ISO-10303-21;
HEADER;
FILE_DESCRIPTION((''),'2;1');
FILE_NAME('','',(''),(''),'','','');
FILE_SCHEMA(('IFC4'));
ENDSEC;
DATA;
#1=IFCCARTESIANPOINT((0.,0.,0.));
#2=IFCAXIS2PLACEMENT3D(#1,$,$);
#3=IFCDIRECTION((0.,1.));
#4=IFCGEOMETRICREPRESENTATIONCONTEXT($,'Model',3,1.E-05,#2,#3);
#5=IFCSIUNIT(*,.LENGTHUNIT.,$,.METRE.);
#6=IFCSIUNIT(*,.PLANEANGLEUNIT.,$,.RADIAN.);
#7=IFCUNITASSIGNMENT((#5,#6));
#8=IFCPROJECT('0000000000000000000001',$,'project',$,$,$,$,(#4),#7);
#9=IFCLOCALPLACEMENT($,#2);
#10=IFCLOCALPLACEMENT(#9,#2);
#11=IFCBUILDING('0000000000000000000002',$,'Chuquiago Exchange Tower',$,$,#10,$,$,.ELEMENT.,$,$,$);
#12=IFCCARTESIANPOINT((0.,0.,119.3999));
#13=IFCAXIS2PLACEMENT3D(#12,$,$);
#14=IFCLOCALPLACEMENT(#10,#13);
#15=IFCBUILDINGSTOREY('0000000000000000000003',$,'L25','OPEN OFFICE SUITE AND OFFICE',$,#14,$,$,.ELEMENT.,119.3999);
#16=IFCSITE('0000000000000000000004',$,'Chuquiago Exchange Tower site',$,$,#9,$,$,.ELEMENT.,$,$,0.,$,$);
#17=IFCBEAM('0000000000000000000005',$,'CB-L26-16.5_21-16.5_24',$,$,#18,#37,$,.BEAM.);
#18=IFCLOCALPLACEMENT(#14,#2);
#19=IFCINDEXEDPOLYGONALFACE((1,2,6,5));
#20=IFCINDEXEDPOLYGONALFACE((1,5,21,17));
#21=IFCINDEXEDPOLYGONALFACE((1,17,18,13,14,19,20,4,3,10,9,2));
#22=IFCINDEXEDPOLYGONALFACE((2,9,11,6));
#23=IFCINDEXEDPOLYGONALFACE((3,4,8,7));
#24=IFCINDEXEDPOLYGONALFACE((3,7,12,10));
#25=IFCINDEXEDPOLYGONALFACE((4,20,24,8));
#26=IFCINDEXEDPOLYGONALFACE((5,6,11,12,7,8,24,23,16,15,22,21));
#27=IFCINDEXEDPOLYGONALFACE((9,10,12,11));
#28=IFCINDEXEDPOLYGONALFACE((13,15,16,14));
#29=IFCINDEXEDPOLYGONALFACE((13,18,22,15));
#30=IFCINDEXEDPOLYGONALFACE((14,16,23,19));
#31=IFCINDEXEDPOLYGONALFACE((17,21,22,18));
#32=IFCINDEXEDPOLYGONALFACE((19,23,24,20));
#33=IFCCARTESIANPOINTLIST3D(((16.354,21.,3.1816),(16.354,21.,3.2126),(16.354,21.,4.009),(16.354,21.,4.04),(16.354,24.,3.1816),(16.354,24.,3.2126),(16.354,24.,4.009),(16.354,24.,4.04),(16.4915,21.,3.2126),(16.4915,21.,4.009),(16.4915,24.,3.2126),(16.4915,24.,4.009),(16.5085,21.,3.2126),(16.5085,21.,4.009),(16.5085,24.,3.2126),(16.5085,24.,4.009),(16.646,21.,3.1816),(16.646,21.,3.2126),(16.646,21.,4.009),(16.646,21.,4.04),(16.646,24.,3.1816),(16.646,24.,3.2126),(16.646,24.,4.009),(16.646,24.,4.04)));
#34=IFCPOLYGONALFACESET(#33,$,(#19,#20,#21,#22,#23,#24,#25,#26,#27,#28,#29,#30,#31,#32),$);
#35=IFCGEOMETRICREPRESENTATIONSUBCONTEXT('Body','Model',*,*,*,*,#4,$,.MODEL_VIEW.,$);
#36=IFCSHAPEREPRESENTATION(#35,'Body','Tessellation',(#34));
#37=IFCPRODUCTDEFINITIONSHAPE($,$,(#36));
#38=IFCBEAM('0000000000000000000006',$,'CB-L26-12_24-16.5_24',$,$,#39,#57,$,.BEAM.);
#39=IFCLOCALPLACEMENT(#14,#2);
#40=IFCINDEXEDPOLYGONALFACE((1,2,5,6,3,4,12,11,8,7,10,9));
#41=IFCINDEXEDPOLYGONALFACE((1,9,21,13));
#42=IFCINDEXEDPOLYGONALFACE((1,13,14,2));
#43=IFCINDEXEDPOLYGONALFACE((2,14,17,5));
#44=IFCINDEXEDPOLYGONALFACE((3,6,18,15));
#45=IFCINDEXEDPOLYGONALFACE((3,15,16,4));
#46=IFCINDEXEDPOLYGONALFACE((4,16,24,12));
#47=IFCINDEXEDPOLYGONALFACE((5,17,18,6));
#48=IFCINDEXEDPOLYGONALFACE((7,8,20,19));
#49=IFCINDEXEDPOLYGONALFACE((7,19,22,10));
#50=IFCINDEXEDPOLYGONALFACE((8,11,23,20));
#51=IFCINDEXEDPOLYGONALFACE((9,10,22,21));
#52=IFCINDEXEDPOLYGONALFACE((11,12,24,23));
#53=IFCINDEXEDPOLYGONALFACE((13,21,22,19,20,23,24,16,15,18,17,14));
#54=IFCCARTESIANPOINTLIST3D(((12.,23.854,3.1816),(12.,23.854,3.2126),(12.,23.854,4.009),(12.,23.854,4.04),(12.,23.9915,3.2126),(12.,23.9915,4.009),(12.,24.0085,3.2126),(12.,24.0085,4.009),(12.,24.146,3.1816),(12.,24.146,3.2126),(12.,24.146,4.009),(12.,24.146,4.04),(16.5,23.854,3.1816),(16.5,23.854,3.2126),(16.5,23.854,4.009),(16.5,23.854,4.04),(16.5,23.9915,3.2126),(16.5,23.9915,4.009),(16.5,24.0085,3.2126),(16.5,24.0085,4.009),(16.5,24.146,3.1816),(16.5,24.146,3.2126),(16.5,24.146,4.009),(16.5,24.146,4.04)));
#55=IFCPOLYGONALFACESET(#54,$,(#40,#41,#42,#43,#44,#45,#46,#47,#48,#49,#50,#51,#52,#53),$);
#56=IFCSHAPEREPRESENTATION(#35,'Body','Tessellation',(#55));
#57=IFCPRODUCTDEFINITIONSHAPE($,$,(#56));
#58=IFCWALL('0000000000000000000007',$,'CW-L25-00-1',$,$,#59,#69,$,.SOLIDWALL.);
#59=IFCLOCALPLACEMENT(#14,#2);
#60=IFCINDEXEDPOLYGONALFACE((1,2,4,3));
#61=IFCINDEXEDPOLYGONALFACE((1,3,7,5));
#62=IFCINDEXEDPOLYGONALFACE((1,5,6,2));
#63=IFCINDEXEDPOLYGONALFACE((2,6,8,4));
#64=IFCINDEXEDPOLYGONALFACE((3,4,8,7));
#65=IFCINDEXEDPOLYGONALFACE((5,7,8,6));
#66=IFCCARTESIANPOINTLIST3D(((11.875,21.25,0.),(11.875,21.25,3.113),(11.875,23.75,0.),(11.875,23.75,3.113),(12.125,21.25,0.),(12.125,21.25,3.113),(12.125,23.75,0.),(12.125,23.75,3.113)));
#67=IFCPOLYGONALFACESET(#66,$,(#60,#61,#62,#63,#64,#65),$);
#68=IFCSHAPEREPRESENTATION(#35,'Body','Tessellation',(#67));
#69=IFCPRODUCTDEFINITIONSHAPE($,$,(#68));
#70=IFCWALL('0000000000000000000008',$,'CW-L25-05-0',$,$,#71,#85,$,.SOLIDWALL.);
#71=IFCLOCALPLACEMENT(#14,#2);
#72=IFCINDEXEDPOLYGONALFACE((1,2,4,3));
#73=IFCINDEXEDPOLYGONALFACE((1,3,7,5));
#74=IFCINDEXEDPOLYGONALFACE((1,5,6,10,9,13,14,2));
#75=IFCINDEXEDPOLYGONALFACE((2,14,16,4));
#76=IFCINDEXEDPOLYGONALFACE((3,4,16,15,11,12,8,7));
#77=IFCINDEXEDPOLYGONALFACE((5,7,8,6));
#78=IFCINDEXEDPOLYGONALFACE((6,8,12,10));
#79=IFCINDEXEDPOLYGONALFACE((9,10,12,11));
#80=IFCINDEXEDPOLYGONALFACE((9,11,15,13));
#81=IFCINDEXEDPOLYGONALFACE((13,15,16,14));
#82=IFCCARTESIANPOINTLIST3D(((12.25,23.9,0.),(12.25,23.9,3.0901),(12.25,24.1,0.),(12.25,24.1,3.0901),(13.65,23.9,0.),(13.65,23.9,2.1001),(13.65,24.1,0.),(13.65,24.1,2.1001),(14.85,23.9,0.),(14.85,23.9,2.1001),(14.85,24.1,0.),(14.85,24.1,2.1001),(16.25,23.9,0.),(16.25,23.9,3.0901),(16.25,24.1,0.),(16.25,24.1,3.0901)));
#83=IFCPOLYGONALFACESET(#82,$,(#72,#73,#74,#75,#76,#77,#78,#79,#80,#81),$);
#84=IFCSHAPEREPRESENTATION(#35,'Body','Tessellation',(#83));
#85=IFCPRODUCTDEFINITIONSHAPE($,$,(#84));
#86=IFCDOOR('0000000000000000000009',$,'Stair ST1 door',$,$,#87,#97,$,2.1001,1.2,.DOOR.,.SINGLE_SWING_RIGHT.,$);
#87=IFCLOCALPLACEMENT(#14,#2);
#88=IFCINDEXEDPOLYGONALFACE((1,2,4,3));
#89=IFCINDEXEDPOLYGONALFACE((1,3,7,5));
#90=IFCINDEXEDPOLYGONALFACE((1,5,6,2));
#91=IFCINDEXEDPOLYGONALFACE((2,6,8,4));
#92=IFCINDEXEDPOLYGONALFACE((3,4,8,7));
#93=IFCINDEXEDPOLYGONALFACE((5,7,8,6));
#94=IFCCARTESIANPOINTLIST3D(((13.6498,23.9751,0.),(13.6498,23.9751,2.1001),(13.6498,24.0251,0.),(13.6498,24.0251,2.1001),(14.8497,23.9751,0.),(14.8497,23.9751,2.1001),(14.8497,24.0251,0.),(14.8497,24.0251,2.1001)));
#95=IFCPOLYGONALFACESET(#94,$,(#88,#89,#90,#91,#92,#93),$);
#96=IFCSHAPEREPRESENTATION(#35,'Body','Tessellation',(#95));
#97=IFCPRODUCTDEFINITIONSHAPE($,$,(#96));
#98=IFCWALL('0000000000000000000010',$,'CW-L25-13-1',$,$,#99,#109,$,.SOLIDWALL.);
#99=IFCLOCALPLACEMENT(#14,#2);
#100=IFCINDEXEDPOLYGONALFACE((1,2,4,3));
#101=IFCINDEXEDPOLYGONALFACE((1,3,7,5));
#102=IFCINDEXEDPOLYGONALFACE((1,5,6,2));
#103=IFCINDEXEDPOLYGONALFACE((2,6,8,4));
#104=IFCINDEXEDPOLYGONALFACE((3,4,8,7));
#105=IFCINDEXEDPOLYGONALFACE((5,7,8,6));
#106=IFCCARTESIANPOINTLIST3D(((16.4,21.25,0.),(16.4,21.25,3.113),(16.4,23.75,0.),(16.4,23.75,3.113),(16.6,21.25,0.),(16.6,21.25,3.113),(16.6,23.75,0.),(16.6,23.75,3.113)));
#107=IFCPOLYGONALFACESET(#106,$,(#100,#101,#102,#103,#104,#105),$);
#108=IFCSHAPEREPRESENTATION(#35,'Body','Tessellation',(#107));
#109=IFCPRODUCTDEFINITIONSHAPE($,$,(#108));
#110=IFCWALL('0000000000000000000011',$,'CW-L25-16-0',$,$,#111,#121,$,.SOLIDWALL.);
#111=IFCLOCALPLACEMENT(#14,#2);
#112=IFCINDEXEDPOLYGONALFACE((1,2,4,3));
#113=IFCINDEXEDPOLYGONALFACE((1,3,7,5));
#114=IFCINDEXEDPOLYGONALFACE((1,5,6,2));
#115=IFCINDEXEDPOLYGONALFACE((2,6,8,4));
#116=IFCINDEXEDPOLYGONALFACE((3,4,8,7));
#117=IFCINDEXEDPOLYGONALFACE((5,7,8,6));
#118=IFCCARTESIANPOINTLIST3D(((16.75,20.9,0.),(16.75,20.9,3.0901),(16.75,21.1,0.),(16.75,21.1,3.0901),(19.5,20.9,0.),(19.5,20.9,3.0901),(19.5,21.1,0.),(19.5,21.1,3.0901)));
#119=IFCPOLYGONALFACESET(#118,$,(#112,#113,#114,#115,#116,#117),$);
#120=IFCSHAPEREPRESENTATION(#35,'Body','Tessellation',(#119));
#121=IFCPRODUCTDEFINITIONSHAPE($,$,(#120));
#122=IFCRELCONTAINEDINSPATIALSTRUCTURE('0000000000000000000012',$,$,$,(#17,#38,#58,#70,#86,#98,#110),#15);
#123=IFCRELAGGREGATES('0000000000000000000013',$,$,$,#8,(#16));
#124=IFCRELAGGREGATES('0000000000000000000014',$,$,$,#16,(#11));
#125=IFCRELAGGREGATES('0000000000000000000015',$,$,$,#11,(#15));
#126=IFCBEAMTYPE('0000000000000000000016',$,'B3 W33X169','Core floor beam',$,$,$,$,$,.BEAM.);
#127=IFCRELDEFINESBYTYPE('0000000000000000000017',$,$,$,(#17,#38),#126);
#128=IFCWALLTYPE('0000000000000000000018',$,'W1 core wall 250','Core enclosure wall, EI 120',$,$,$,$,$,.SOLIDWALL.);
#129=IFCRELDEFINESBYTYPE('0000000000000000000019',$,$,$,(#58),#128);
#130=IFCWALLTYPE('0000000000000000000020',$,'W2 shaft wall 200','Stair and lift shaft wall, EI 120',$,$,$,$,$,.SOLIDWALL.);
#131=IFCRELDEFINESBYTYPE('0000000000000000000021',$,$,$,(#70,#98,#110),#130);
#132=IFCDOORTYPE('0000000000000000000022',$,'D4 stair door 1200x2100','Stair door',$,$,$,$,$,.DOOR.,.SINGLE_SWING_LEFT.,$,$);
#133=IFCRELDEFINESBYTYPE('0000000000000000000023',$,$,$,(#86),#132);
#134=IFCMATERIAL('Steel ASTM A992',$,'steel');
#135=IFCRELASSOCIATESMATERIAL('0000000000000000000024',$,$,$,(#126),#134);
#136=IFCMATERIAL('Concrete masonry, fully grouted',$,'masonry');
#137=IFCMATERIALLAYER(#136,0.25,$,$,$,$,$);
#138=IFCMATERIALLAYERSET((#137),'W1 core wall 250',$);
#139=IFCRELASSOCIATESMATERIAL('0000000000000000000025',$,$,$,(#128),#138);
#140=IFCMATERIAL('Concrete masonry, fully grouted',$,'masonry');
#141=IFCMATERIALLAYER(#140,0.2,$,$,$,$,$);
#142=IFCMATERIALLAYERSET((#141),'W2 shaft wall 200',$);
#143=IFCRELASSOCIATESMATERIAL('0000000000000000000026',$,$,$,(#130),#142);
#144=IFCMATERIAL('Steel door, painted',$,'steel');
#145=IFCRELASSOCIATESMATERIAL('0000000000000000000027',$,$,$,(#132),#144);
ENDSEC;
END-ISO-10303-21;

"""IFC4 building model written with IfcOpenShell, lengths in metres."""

from ifc_helpers import new_model, si_unit, direction, frame, frame_2d, origin, origin_2d, place, context, subcontext, project, spatial, rectangle, i_section, extrude, material, layer, layer_set, material_profile, profile_set, type_object, element, fill, save


model = new_model("IFC4")

# Units and contexts
model_context = context("Model", 3, precision=1e-05, world=origin(), true_north=direction((0.0, 1.0)))
body_context = subcontext(model_context, "Body", "Model", "MODEL_VIEW")
ifc_project = project(units=[si_unit("LENGTHUNIT", "METRE"), si_unit("PLANEANGLEUNIT", "RADIAN")], contexts=[model_context])

# Site, building, storey
site_placement = place(None, origin())
site = spatial("IfcSite", under=ifc_project, at=site_placement, Name="Chuquiago Exchange Tower site", CompositionType="ELEMENT", RefElevation=0.0)
building_placement = place(site_placement, origin())
building = spatial("IfcBuilding", under=site, at=building_placement, Name="Chuquiago Exchange Tower", CompositionType="ELEMENT")
storey_placement = place(building_placement, frame((0.0, 0.0, 119.3999)))
storey = spatial("IfcBuildingStorey", under=building, at=storey_placement, Name="L25", Description="OPEN OFFICE SUITE AND OFFICE", CompositionType="ELEMENT", Elevation=119.3999)

# Beams
ifc_material_1 = material(Name="Steel ASTM A992", Category="steel")
ifc_material_profile_1 = material_profile(ifc_material_1, i_section(OverallWidth=0.292, OverallDepth=0.8584, WebThickness=0.0171, FlangeThickness=0.031, at=origin_2d()), Name="W33X169")
ifc_profile_set_1 = profile_set([ifc_material_profile_1], Name="Steel ASTM A992")
beam_type_1 = type_object("IfcBeamType", Name="B3 W33X169", Description="Core floor beam", PredefinedType="BEAM", material=ifc_profile_set_1)
for number, where, z_axis, x_axis, name in (
    (1, (16.5, 21.0, 3.6108), (0.0, 1.0, 0.0), (-1.0, 0.0, 0.0), "CB-L26-16.5_21-16.5_24"),
):
    element("IfcBeam", number, at=place(storey_placement, frame(where, z_axis=z_axis, x_axis=x_axis)), inside=storey, type_object=beam_type_1, Name=name, PredefinedType="BEAM", context=body_context, shape_type="SweptSolid", body=[
        extrude(i_section(OverallWidth=0.292, OverallDepth=0.8584, WebThickness=0.0171, FlangeThickness=0.031, at=origin_2d()), origin(), (0.0, 0.0, 1.0), 3.0),
    ])
beam_1_placement = place(storey_placement, frame((12.0, 24.0, 3.6108), z_axis=(1.0, 0.0, 0.0), x_axis=(0.0, 1.0, 0.0)))
element("IfcBeam", 2, at=beam_1_placement, inside=storey, type_object=beam_type_1, Name="CB-L26-12_24-16.5_24", PredefinedType="BEAM", context=body_context, shape_type="SweptSolid", body=[
    extrude(i_section(OverallWidth=0.292, OverallDepth=0.8584, WebThickness=0.0171, FlangeThickness=0.031, at=origin_2d()), origin(), (0.0, 0.0, 1.0), 4.5),
])

# Wall
ifc_material_2 = material(Name="Concrete masonry, fully grouted", Category="masonry")
ifc_layer_1 = layer(ifc_material_2, 0.25)
ifc_layer_set_1 = layer_set([ifc_layer_1], Name="W1 core wall 250")
wall_type_1 = type_object("IfcWallType", Name="W1 core wall 250", Description="Core enclosure wall, EI 120", PredefinedType="SOLIDWALL", material=ifc_layer_set_1)
wall_1_placement = place(storey_placement, frame((12.0, 21.25, 0.0), z_axis=(0.0, 0.0, 1.0), x_axis=(0.0, 1.0, 0.0)))
element("IfcWall", 3, at=wall_1_placement, inside=storey, type_object=wall_type_1, Name="CW-L25-00-1", PredefinedType="SOLIDWALL", context=body_context, shape_type="SweptSolid", body=[
    extrude(rectangle(XDim=2.5, YDim=0.25, at=frame_2d((1.25, 0.0))), origin(), (0.0, 0.0, 1.0), 3.113),
])

# Wall, opening, door
ifc_material_3 = material(Name="Concrete masonry, fully grouted", Category="masonry")
ifc_layer_2 = layer(ifc_material_3, 0.2)
ifc_layer_set_2 = layer_set([ifc_layer_2], Name="W2 shaft wall 200")
wall_type_2 = type_object("IfcWallType", Name="W2 shaft wall 200", Description="Stair and lift shaft wall, EI 120", PredefinedType="SOLIDWALL", material=ifc_layer_set_2)
wall_2_placement = place(storey_placement, frame((12.25, 24.0, 0.0), z_axis=(0.0, 0.0, 1.0), x_axis=(1.0, 0.0, 0.0)))
wall_2 = element("IfcWall", 4, at=wall_2_placement, inside=storey, type_object=wall_type_2, Name="CW-L25-05-0", PredefinedType="SOLIDWALL", context=body_context, shape_type="SweptSolid", body=[
    extrude(rectangle(XDim=4.0, YDim=0.2, at=frame_2d((2.0, 0.0))), origin(), (0.0, 0.0, 1.0), 3.0901),
])
opening_placement = place(wall_2_placement, frame((1.3999, 0.0, 0.0)))
opening = element("IfcOpeningElement", 5, at=opening_placement, cuts=wall_2, PredefinedType="OPENING", context=body_context, shape_type="SweptSolid", body=[
    extrude(rectangle(XDim=1.2, YDim=2.1001, at=frame_2d((0.6001, 1.05))), frame((0.0, 0.1099, 0.0), z_axis=(0.0, -1.0, 0.0), x_axis=(1.0, 0.0, 0.0)), (0.0, 0.0, 1.0), 0.22),
])
ifc_material_4 = material(Name="Steel door, painted", Category="steel")
door_type = type_object("IfcDoorType", Name="D4 stair door 1200x2100", Description="Stair door", OperationType="SINGLE_SWING_LEFT", PredefinedType="DOOR", material=ifc_material_4)
door_placement = place(opening_placement, frame((1.2, 0.0, 0.0), z_axis=(0.0, 0.0, 1.0), x_axis=(-1.0, 0.0, 0.0)))
door = element("IfcDoor", 6, at=door_placement, inside=storey, type_object=door_type, Name="Stair ST1 door", OperationType="SINGLE_SWING_RIGHT", OverallHeight=2.1001, OverallWidth=1.2, PredefinedType="DOOR", context=body_context, shape_type="SweptSolid", body=[
    extrude(rectangle(XDim=1.2, YDim=2.1001, at=frame_2d((0.6001, 1.05))), frame((0.0, 0.0249, 0.0), z_axis=(0.0, -1.0, 0.0), x_axis=(1.0, 0.0, 0.0)), (0.0, 0.0, 1.0), 0.05),
])
fill(opening, door)

# Walls
wall_3_placement = place(storey_placement, frame((16.5, 21.25, 0.0), z_axis=(0.0, 0.0, 1.0), x_axis=(0.0, 1.0, 0.0)))
element("IfcWall", 7, at=wall_3_placement, inside=storey, type_object=wall_type_2, Name="CW-L25-13-1", PredefinedType="SOLIDWALL", context=body_context, shape_type="SweptSolid", body=[
    extrude(rectangle(XDim=2.5, YDim=0.2, at=frame_2d((1.25, 0.0))), origin(), (0.0, 0.0, 1.0), 3.113),
])
wall_4_placement = place(storey_placement, frame((16.75, 21.0, 0.0), z_axis=(0.0, 0.0, 1.0), x_axis=(1.0, 0.0, 0.0)))
element("IfcWall", 8, at=wall_4_placement, inside=storey, type_object=wall_type_2, Name="CW-L25-16-0", PredefinedType="SOLIDWALL", context=body_context, shape_type="SweptSolid", body=[
    extrude(rectangle(XDim=2.75, YDim=0.2, at=frame_2d((1.375, 0.0))), origin(), (0.0, 0.0, 1.0), 3.0901),
])

save(model, "model.ifc")
